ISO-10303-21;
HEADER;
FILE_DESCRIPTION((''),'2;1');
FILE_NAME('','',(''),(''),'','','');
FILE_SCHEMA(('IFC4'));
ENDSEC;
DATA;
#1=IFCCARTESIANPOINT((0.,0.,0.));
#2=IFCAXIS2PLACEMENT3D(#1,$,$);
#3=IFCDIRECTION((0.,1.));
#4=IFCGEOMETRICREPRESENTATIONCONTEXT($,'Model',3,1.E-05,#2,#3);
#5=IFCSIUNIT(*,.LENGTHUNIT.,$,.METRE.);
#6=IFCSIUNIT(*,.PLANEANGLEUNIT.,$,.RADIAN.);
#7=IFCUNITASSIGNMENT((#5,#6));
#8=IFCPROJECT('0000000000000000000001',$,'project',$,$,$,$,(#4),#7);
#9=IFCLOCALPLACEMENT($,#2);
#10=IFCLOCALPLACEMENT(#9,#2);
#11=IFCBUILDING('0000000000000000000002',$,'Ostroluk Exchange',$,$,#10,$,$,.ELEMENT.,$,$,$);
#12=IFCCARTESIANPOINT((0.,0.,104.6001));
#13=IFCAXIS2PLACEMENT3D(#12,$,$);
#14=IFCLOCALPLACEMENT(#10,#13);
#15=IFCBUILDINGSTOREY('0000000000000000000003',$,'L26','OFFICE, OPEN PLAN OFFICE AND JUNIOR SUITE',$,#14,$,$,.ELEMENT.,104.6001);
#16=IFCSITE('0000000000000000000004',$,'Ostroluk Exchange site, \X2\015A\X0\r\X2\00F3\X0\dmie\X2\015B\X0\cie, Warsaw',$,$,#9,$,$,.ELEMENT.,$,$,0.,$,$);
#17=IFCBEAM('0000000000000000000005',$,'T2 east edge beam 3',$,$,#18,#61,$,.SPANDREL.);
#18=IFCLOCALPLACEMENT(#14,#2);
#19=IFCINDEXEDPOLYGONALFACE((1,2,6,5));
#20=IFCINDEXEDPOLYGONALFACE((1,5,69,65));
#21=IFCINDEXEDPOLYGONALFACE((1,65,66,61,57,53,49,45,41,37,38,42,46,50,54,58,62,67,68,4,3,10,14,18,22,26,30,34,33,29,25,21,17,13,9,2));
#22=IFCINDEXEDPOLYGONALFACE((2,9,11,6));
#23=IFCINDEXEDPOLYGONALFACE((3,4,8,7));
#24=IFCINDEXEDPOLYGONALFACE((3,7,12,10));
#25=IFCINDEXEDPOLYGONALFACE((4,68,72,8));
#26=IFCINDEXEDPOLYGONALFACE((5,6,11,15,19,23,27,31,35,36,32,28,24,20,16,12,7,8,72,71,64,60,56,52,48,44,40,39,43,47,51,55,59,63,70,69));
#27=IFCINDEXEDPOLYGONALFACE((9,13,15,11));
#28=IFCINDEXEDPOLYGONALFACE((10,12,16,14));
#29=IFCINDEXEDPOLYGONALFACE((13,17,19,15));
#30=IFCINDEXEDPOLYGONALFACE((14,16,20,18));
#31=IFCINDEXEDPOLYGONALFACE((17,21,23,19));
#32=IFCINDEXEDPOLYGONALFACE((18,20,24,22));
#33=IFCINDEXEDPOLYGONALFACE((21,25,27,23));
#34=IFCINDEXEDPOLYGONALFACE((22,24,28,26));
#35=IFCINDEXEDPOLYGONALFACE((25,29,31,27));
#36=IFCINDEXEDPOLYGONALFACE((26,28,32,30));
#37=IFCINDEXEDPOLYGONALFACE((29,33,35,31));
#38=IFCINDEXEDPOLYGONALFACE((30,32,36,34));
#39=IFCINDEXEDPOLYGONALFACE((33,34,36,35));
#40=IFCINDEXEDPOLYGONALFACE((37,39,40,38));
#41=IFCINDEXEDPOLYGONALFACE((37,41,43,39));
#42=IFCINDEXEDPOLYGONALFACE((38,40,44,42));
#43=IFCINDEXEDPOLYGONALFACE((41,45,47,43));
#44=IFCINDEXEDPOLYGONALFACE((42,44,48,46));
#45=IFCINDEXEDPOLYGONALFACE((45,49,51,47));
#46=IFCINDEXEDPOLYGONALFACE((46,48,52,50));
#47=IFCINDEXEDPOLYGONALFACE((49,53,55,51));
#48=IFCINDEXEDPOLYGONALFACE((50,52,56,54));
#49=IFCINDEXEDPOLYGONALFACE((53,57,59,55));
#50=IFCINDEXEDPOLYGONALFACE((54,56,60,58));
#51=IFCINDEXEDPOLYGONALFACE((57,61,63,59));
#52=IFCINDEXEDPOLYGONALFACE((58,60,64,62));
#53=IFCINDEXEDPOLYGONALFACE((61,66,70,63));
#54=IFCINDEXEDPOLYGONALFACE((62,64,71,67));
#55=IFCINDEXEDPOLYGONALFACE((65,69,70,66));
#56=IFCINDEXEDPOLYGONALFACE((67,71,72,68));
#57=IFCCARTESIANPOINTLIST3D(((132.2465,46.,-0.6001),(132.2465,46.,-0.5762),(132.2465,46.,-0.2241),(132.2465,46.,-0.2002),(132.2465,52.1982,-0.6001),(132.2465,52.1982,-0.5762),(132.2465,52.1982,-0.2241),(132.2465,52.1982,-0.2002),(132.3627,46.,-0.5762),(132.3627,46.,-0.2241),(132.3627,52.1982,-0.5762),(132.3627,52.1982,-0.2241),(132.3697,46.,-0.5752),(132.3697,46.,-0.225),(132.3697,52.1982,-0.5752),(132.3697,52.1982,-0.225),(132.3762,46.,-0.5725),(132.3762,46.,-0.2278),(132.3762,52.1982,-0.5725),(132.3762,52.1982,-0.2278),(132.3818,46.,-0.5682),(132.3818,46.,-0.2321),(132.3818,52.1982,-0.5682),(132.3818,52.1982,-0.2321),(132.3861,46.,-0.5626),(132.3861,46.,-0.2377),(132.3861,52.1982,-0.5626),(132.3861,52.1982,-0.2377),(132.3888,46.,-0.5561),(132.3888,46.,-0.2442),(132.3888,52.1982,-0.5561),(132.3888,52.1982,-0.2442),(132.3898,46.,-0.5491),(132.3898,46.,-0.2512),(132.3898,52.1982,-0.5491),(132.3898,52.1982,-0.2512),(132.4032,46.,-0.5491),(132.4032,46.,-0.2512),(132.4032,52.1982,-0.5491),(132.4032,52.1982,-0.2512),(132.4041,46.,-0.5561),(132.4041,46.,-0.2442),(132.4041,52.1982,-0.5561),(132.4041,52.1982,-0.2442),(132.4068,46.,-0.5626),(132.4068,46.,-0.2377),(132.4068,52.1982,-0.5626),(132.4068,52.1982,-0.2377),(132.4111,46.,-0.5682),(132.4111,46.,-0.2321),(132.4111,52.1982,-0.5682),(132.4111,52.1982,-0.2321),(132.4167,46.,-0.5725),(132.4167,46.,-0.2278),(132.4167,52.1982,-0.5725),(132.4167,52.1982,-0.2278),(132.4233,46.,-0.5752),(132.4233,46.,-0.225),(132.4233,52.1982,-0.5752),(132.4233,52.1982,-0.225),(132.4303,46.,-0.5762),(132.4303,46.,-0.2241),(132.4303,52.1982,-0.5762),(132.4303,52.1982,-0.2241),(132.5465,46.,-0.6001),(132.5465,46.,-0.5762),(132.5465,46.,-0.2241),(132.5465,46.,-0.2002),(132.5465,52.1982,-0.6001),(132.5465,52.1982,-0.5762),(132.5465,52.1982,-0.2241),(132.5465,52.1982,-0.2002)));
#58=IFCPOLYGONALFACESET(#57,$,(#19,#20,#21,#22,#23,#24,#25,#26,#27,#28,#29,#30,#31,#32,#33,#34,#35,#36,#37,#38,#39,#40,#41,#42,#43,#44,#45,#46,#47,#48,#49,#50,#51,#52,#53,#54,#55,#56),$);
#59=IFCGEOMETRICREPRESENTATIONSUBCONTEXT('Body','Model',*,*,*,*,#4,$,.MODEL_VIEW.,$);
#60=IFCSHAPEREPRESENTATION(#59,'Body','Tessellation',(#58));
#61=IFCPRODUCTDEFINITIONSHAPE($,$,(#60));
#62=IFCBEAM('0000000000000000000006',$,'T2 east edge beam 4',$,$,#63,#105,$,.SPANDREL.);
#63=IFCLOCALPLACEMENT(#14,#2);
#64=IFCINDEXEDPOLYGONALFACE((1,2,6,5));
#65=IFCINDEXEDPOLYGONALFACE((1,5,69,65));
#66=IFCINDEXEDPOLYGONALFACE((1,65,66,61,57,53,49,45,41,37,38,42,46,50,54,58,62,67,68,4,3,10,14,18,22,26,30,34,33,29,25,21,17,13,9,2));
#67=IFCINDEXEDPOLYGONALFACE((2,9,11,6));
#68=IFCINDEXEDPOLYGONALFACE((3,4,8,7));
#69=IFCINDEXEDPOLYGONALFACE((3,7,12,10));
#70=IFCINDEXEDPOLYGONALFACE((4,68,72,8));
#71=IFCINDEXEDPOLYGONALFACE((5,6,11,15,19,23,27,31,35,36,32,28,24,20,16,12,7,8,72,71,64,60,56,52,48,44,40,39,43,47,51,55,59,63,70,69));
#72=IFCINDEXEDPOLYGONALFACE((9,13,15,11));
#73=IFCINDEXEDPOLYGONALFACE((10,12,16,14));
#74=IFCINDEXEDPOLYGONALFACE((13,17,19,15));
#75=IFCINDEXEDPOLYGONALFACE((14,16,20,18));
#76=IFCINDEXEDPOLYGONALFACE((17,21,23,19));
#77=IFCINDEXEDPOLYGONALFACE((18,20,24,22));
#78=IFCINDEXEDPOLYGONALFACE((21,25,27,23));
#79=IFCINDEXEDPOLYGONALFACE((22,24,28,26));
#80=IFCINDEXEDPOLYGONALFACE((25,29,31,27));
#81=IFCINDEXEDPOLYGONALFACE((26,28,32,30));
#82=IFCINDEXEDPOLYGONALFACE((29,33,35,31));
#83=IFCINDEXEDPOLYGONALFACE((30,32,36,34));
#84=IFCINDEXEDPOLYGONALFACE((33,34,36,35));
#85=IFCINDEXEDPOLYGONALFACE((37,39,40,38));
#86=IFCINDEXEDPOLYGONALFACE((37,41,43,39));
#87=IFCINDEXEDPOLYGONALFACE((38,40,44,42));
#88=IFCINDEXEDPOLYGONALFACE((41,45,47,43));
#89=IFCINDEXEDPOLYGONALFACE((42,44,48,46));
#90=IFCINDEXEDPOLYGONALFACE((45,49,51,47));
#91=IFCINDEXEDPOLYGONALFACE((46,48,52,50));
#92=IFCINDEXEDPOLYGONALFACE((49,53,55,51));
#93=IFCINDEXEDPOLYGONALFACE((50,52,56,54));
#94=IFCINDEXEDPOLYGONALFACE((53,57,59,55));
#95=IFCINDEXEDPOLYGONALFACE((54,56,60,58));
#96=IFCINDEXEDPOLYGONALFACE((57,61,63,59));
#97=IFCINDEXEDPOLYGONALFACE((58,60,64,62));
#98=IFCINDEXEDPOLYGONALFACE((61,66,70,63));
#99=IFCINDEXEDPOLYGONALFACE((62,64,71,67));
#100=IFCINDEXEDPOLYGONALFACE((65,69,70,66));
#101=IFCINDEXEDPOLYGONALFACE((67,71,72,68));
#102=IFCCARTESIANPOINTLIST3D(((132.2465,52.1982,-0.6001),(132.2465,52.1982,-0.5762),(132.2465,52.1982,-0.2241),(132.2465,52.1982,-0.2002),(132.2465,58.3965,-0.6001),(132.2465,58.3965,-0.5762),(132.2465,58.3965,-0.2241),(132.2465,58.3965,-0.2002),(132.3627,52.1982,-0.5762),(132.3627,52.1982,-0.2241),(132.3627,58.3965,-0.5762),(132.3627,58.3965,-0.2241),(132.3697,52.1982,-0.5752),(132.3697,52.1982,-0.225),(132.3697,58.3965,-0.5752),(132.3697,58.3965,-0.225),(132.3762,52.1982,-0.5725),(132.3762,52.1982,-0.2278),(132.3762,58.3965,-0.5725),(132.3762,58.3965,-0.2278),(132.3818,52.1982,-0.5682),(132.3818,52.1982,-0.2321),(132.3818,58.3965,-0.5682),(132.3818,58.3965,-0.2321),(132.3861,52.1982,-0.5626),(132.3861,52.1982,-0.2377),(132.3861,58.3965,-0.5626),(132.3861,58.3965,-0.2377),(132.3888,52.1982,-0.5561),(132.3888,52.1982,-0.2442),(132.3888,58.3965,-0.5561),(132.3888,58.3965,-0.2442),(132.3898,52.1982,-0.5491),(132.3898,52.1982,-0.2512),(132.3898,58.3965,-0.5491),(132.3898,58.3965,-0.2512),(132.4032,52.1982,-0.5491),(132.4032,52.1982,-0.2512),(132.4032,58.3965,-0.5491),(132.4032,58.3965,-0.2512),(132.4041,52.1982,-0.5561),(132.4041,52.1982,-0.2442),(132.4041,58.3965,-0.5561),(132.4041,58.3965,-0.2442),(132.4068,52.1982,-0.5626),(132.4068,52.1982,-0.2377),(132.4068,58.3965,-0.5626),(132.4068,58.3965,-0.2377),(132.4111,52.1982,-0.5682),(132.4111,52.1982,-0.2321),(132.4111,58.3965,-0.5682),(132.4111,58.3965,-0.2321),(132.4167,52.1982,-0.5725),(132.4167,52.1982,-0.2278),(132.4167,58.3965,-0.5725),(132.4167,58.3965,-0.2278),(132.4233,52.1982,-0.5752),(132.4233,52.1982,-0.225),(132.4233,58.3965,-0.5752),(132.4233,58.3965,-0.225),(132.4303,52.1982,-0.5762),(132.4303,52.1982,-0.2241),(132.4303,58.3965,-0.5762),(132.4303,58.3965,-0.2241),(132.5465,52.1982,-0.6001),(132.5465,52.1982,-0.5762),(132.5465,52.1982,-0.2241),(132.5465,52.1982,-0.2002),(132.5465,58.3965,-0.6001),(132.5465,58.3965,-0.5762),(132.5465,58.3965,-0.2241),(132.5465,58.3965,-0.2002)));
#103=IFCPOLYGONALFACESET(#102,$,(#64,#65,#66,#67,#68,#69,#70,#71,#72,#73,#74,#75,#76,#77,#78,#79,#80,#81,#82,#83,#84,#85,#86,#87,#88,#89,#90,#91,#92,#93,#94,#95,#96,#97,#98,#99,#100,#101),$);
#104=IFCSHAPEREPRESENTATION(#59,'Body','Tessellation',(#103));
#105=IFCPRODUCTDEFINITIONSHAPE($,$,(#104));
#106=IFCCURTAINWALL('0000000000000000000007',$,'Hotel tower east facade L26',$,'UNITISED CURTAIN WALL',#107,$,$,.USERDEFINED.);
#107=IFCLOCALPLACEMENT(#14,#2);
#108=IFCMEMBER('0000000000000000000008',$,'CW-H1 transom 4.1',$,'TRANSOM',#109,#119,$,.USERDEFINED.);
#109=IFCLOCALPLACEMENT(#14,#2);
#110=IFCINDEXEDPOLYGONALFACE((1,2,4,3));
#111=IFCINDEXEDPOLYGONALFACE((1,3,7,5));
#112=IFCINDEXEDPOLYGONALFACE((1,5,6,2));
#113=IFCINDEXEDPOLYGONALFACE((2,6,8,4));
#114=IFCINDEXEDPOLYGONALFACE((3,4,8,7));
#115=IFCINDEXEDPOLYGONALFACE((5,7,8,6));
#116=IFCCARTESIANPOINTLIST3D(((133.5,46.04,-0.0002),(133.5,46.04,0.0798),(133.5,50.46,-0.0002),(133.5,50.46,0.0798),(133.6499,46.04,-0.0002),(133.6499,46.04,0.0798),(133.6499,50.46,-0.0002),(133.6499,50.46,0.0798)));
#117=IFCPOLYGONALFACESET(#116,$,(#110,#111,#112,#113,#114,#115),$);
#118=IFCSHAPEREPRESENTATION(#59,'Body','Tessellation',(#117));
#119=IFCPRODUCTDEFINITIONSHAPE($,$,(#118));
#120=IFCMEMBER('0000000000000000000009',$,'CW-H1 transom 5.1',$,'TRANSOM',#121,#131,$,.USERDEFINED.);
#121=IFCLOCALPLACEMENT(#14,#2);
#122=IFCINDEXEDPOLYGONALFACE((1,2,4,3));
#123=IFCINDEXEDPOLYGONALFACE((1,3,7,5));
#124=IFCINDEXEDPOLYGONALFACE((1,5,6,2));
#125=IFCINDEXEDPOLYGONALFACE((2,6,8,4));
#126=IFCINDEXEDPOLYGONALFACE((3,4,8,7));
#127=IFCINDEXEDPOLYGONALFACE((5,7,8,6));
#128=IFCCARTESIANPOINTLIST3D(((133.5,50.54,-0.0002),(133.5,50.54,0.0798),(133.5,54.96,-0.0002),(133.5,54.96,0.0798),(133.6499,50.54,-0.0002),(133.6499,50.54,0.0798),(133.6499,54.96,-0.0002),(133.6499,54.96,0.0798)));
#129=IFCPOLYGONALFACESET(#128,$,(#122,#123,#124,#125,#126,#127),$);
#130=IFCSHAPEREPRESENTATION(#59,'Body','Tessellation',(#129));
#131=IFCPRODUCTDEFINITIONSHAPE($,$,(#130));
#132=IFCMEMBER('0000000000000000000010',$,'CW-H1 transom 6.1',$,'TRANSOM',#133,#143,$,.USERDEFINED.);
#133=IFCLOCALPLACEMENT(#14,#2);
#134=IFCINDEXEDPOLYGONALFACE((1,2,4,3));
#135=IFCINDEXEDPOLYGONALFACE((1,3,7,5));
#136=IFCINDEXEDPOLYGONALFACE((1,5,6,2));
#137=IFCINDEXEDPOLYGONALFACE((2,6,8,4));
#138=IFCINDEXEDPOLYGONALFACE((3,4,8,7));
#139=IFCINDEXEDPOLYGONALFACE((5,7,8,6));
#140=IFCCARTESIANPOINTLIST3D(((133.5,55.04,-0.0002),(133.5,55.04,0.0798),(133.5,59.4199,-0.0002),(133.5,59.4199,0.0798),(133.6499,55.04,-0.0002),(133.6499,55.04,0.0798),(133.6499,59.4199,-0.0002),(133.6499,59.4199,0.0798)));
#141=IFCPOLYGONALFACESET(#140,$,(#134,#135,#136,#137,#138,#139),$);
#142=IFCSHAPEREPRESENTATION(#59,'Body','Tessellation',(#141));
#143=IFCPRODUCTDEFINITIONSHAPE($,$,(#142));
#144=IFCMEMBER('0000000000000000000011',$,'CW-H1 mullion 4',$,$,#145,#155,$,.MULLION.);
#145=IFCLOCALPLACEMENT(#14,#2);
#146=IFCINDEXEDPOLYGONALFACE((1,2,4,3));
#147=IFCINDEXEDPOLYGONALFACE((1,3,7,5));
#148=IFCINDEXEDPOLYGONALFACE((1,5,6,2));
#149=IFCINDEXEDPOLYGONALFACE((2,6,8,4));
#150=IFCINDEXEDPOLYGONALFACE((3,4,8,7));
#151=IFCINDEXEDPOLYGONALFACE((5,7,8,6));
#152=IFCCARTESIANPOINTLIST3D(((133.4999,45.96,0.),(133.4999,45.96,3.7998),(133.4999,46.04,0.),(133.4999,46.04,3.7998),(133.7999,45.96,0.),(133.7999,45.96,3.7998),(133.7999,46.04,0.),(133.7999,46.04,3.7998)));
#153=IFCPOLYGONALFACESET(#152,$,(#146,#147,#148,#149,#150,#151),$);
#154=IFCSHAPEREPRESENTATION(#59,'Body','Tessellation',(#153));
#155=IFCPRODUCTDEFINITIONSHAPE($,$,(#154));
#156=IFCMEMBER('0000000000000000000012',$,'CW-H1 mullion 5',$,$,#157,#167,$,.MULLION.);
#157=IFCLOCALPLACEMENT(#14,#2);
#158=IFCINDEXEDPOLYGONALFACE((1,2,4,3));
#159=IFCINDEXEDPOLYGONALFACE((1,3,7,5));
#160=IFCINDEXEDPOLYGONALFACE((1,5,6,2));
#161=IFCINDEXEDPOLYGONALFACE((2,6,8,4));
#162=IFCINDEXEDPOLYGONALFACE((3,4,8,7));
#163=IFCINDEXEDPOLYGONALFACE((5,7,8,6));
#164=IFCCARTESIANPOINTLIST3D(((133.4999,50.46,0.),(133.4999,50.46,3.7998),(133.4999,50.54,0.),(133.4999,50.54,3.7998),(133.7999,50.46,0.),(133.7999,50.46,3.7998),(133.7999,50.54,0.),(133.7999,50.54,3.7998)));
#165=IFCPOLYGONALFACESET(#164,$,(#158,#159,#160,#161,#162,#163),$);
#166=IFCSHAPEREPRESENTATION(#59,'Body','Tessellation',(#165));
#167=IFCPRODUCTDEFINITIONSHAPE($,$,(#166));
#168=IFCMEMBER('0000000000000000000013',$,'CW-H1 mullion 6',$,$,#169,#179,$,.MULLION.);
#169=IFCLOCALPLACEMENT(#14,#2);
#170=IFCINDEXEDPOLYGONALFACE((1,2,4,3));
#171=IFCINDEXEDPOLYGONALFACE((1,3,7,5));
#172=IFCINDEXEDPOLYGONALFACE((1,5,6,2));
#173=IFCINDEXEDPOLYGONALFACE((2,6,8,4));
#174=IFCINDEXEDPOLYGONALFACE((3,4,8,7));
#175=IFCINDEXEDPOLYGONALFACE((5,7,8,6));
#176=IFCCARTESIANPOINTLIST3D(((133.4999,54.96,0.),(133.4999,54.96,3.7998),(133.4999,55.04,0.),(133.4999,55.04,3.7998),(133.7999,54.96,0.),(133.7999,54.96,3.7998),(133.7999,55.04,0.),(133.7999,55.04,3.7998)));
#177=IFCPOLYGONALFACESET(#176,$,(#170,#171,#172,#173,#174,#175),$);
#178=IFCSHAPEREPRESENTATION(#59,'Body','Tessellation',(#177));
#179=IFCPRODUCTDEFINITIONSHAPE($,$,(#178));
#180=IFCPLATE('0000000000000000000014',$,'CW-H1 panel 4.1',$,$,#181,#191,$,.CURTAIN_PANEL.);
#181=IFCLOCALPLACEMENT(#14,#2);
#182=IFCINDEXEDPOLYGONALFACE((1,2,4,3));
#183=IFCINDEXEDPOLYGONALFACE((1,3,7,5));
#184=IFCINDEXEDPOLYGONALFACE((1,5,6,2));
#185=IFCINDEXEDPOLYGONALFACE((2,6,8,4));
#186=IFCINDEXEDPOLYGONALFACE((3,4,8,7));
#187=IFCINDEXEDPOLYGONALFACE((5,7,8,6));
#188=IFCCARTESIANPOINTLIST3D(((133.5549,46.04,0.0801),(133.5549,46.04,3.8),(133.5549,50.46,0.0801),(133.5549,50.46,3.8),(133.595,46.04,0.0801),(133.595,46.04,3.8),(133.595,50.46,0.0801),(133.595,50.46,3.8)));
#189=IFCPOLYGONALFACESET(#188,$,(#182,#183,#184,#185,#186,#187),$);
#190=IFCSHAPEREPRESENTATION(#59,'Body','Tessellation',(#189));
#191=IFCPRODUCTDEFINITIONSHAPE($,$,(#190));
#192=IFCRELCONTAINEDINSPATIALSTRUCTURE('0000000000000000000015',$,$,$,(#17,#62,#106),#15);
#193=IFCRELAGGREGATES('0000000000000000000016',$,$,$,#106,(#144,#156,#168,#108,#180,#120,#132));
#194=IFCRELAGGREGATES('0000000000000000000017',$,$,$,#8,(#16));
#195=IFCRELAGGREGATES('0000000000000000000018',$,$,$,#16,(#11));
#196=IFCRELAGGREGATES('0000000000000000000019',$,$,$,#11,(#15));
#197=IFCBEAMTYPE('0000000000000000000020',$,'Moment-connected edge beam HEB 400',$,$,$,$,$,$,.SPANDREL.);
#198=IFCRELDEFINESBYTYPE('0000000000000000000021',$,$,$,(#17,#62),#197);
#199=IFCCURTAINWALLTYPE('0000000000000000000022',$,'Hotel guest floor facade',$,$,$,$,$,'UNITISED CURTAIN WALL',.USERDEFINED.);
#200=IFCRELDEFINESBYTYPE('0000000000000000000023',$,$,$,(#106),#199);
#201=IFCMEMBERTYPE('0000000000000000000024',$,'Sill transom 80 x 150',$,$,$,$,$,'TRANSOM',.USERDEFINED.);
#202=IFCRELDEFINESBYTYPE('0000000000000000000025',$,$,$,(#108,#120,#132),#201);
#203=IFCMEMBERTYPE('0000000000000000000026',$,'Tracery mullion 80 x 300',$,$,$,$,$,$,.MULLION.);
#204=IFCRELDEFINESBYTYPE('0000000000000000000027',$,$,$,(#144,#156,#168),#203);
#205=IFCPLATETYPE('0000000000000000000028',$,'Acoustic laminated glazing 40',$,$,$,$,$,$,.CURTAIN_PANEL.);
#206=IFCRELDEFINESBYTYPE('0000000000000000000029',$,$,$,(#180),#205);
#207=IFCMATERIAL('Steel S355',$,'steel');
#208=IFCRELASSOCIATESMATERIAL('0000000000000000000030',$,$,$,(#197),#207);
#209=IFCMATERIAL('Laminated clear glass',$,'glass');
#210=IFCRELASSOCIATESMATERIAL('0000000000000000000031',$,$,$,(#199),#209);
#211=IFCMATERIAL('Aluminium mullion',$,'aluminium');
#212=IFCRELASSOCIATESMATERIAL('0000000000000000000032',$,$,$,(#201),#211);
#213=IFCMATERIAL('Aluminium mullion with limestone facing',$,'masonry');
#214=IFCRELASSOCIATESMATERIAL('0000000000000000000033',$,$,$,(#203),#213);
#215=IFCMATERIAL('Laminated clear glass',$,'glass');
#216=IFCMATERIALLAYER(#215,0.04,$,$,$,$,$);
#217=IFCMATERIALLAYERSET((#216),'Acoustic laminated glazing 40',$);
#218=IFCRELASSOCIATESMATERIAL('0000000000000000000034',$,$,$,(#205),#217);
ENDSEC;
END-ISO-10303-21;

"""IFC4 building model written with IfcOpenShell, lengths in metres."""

from ifc_helpers import new_model, si_unit, direction, frame, origin, origin_2d, place, context, subcontext, project, spatial, rectangle, i_section, extrude, material, layer, layer_set, material_profile, profile_set, type_object, element, aggregate, save


model = new_model("IFC4")

# Units and contexts
model_context = context("Model", 3, precision=1e-05, world=origin(), true_north=direction((0.0, 1.0)))
body_context = subcontext(model_context, "Body", "Model", "MODEL_VIEW")
ifc_project = project(units=[si_unit("LENGTHUNIT", "METRE"), si_unit("PLANEANGLEUNIT", "RADIAN")], contexts=[model_context])

# Site, building, storey
site_placement = place(None, origin())
site = spatial("IfcSite", under=ifc_project, at=site_placement, Name="Ostroluk Exchange site, Śródmieście, Warsaw", CompositionType="ELEMENT", RefElevation=0.0)
building_placement = place(site_placement, origin())
building = spatial("IfcBuilding", under=site, at=building_placement, Name="Ostroluk Exchange", CompositionType="ELEMENT")
storey_placement = place(building_placement, frame((0.0, 0.0, 104.6001)))
storey = spatial("IfcBuildingStorey", under=building, at=storey_placement, Name="L26", Description="OFFICE, OPEN PLAN OFFICE AND JUNIOR SUITE", CompositionType="ELEMENT", Elevation=104.6001)

# Beams
ifc_material_1 = material(Name="Steel S355", Category="steel")
ifc_material_profile_1 = material_profile(ifc_material_1, i_section(OverallWidth=0.3, OverallDepth=0.3999, WebThickness=0.0134, FlangeThickness=0.0239, FilletRadius=0.0271, at=origin_2d()), Name="HEB 400")
ifc_profile_set_1 = profile_set([ifc_material_profile_1], Name="Steel S355")
beam_type_1 = type_object("IfcBeamType", Name="Moment-connected edge beam HEB 400", PredefinedType="SPANDREL", material=ifc_profile_set_1)
for number, where, z_axis, x_axis, name in (
    (1, (132.3965, 46.0, -0.4001), (0.0, 1.0, 0.0), (-1.0, 0.0, 0.0), "T2 east edge beam 3"),
    (2, (132.3965, 52.1982, -0.4001), (0.0, 1.0, 0.0), (-1.0, 0.0, 0.0), "T2 east edge beam 4"),
):
    element("IfcBeam", number, at=place(storey_placement, frame(where, z_axis=z_axis, x_axis=x_axis)), inside=storey, type_object=beam_type_1, Name=name, PredefinedType="SPANDREL", context=body_context, shape_type="SweptSolid", body=[
        extrude(i_section(OverallWidth=0.3, OverallDepth=0.3999, WebThickness=0.0134, FlangeThickness=0.0239, FilletRadius=0.0271, at=origin_2d()), origin(), (0.0, 0.0, 1.0), 6.1982),
    ])

# Curtain wall, members, plate
ifc_material_2 = material(Name="Laminated clear glass", Category="glass")
curtain_wall_type = type_object("IfcCurtainWallType", Name="Hotel guest floor facade", ElementType="UNITISED CURTAIN WALL", PredefinedType="USERDEFINED", material=ifc_material_2)
curtain_wall_placement = place(storey_placement, origin())
curtain_wall = element("IfcCurtainWall", 3, at=curtain_wall_placement, inside=storey, type_object=curtain_wall_type, Name="Hotel tower east facade L26", ObjectType="UNITISED CURTAIN WALL", PredefinedType="USERDEFINED")
ifc_material_3 = material(Name="Aluminium mullion", Category="aluminium")
ifc_material_profile_2 = material_profile(ifc_material_3, rectangle(XDim=0.1499, YDim=0.0801, at=origin_2d()), Name="Sill transom 80 x 150")
ifc_profile_set_2 = profile_set([ifc_material_profile_2], Name="Aluminium mullion")
member_type_1 = type_object("IfcMemberType", Name="Sill transom 80 x 150", ElementType="TRANSOM", PredefinedType="USERDEFINED", material=ifc_profile_set_2)
member_1_placement = place(storey_placement, frame((133.575, 46.04, 0.0398), z_axis=(0.0, 1.0, 0.0), x_axis=(-1.0, 0.0, 0.0)))
member_1 = element("IfcMember", 4, at=member_1_placement, type_object=member_type_1, Name="CW-H1 transom 4.1", ObjectType="TRANSOM", PredefinedType="USERDEFINED", context=body_context, shape_type="SweptSolid", body=[
    extrude(rectangle(XDim=0.1499, YDim=0.0801, at=origin_2d()), origin(), (0.0, 0.0, 1.0), 4.4199),
])
member_2_placement = place(storey_placement, frame((133.575, 50.54, 0.0398), z_axis=(0.0, 1.0, 0.0), x_axis=(-1.0, 0.0, 0.0)))
member_2 = element("IfcMember", 5, at=member_2_placement, type_object=member_type_1, Name="CW-H1 transom 5.1", ObjectType="TRANSOM", PredefinedType="USERDEFINED", context=body_context, shape_type="SweptSolid", body=[
    extrude(rectangle(XDim=0.1499, YDim=0.0801, at=origin_2d()), origin(), (0.0, 0.0, 1.0), 4.4199),
])
member_3_placement = place(storey_placement, frame((133.575, 55.04, 0.0398), z_axis=(0.0, 1.0, 0.0), x_axis=(-1.0, 0.0, 0.0)))
member_3 = element("IfcMember", 6, at=member_3_placement, type_object=member_type_1, Name="CW-H1 transom 6.1", ObjectType="TRANSOM", PredefinedType="USERDEFINED", context=body_context, shape_type="SweptSolid", body=[
    extrude(rectangle(XDim=0.1499, YDim=0.0801, at=origin_2d()), origin(), (0.0, 0.0, 1.0), 4.3799),
])
ifc_material_4 = material(Name="Aluminium mullion with limestone facing", Category="masonry")
ifc_material_profile_3 = material_profile(ifc_material_4, rectangle(XDim=0.3, YDim=0.0801, at=origin_2d()), Name="Tracery mullion 80 x 300")
ifc_profile_set_3 = profile_set([ifc_material_profile_3], Name="Aluminium mullion with limestone facing")
member_type_2 = type_object("IfcMemberType", Name="Tracery mullion 80 x 300", PredefinedType="MULLION", material=ifc_profile_set_3)
member_4_placement = place(storey_placement, frame((133.6499, 46.0, 0.0), z_axis=(0.0, 0.0, 1.0), x_axis=(-1.0, 0.0, 0.0)))
member_4 = element("IfcMember", 7, at=member_4_placement, type_object=member_type_2, Name="CW-H1 mullion 4", PredefinedType="MULLION", context=body_context, shape_type="SweptSolid", body=[
    extrude(rectangle(XDim=0.3, YDim=0.0801, at=origin_2d()), origin(), (0.0, 0.0, 1.0), 3.7998),
])
member_5_placement = place(storey_placement, frame((133.6499, 50.5, 0.0), z_axis=(0.0, 0.0, 1.0), x_axis=(-1.0, 0.0, 0.0)))
member_5 = element("IfcMember", 8, at=member_5_placement, type_object=member_type_2, Name="CW-H1 mullion 5", PredefinedType="MULLION", context=body_context, shape_type="SweptSolid", body=[
    extrude(rectangle(XDim=0.3, YDim=0.0801, at=origin_2d()), origin(), (0.0, 0.0, 1.0), 3.7998),
])
member_6_placement = place(storey_placement, frame((133.6499, 55.0, 0.0), z_axis=(0.0, 0.0, 1.0), x_axis=(-1.0, 0.0, 0.0)))
member_6 = element("IfcMember", 9, at=member_6_placement, type_object=member_type_2, Name="CW-H1 mullion 6", PredefinedType="MULLION", context=body_context, shape_type="SweptSolid", body=[
    extrude(rectangle(XDim=0.3, YDim=0.0801, at=origin_2d()), origin(), (0.0, 0.0, 1.0), 3.7998),
])
ifc_material_5 = material(Name="Laminated clear glass", Category="glass")
ifc_layer_1 = layer(ifc_material_5, 0.04)
ifc_layer_set_1 = layer_set([ifc_layer_1], Name="Acoustic laminated glazing 40")
plate_type = type_object("IfcPlateType", Name="Acoustic laminated glazing 40", PredefinedType="CURTAIN_PANEL", material=ifc_layer_set_1)
plate_1_placement = place(storey_placement, frame((133.575, 48.25, 0.0801), z_axis=(0.0, 0.0, 1.0), x_axis=(0.0, 1.0, 0.0)))
plate_1 = element("IfcPlate", 10, at=plate_1_placement, type_object=plate_type, Name="CW-H1 panel 4.1", PredefinedType="CURTAIN_PANEL", context=body_context, shape_type="SweptSolid", body=[
    extrude(rectangle(XDim=4.4199, YDim=0.04, at=origin_2d()), origin(), (0.0, 0.0, 1.0), 3.72),
])
aggregate(curtain_wall, [member_4, member_5, member_6, member_1, plate_1, member_2, member_3])

save(model, "model.ifc")
